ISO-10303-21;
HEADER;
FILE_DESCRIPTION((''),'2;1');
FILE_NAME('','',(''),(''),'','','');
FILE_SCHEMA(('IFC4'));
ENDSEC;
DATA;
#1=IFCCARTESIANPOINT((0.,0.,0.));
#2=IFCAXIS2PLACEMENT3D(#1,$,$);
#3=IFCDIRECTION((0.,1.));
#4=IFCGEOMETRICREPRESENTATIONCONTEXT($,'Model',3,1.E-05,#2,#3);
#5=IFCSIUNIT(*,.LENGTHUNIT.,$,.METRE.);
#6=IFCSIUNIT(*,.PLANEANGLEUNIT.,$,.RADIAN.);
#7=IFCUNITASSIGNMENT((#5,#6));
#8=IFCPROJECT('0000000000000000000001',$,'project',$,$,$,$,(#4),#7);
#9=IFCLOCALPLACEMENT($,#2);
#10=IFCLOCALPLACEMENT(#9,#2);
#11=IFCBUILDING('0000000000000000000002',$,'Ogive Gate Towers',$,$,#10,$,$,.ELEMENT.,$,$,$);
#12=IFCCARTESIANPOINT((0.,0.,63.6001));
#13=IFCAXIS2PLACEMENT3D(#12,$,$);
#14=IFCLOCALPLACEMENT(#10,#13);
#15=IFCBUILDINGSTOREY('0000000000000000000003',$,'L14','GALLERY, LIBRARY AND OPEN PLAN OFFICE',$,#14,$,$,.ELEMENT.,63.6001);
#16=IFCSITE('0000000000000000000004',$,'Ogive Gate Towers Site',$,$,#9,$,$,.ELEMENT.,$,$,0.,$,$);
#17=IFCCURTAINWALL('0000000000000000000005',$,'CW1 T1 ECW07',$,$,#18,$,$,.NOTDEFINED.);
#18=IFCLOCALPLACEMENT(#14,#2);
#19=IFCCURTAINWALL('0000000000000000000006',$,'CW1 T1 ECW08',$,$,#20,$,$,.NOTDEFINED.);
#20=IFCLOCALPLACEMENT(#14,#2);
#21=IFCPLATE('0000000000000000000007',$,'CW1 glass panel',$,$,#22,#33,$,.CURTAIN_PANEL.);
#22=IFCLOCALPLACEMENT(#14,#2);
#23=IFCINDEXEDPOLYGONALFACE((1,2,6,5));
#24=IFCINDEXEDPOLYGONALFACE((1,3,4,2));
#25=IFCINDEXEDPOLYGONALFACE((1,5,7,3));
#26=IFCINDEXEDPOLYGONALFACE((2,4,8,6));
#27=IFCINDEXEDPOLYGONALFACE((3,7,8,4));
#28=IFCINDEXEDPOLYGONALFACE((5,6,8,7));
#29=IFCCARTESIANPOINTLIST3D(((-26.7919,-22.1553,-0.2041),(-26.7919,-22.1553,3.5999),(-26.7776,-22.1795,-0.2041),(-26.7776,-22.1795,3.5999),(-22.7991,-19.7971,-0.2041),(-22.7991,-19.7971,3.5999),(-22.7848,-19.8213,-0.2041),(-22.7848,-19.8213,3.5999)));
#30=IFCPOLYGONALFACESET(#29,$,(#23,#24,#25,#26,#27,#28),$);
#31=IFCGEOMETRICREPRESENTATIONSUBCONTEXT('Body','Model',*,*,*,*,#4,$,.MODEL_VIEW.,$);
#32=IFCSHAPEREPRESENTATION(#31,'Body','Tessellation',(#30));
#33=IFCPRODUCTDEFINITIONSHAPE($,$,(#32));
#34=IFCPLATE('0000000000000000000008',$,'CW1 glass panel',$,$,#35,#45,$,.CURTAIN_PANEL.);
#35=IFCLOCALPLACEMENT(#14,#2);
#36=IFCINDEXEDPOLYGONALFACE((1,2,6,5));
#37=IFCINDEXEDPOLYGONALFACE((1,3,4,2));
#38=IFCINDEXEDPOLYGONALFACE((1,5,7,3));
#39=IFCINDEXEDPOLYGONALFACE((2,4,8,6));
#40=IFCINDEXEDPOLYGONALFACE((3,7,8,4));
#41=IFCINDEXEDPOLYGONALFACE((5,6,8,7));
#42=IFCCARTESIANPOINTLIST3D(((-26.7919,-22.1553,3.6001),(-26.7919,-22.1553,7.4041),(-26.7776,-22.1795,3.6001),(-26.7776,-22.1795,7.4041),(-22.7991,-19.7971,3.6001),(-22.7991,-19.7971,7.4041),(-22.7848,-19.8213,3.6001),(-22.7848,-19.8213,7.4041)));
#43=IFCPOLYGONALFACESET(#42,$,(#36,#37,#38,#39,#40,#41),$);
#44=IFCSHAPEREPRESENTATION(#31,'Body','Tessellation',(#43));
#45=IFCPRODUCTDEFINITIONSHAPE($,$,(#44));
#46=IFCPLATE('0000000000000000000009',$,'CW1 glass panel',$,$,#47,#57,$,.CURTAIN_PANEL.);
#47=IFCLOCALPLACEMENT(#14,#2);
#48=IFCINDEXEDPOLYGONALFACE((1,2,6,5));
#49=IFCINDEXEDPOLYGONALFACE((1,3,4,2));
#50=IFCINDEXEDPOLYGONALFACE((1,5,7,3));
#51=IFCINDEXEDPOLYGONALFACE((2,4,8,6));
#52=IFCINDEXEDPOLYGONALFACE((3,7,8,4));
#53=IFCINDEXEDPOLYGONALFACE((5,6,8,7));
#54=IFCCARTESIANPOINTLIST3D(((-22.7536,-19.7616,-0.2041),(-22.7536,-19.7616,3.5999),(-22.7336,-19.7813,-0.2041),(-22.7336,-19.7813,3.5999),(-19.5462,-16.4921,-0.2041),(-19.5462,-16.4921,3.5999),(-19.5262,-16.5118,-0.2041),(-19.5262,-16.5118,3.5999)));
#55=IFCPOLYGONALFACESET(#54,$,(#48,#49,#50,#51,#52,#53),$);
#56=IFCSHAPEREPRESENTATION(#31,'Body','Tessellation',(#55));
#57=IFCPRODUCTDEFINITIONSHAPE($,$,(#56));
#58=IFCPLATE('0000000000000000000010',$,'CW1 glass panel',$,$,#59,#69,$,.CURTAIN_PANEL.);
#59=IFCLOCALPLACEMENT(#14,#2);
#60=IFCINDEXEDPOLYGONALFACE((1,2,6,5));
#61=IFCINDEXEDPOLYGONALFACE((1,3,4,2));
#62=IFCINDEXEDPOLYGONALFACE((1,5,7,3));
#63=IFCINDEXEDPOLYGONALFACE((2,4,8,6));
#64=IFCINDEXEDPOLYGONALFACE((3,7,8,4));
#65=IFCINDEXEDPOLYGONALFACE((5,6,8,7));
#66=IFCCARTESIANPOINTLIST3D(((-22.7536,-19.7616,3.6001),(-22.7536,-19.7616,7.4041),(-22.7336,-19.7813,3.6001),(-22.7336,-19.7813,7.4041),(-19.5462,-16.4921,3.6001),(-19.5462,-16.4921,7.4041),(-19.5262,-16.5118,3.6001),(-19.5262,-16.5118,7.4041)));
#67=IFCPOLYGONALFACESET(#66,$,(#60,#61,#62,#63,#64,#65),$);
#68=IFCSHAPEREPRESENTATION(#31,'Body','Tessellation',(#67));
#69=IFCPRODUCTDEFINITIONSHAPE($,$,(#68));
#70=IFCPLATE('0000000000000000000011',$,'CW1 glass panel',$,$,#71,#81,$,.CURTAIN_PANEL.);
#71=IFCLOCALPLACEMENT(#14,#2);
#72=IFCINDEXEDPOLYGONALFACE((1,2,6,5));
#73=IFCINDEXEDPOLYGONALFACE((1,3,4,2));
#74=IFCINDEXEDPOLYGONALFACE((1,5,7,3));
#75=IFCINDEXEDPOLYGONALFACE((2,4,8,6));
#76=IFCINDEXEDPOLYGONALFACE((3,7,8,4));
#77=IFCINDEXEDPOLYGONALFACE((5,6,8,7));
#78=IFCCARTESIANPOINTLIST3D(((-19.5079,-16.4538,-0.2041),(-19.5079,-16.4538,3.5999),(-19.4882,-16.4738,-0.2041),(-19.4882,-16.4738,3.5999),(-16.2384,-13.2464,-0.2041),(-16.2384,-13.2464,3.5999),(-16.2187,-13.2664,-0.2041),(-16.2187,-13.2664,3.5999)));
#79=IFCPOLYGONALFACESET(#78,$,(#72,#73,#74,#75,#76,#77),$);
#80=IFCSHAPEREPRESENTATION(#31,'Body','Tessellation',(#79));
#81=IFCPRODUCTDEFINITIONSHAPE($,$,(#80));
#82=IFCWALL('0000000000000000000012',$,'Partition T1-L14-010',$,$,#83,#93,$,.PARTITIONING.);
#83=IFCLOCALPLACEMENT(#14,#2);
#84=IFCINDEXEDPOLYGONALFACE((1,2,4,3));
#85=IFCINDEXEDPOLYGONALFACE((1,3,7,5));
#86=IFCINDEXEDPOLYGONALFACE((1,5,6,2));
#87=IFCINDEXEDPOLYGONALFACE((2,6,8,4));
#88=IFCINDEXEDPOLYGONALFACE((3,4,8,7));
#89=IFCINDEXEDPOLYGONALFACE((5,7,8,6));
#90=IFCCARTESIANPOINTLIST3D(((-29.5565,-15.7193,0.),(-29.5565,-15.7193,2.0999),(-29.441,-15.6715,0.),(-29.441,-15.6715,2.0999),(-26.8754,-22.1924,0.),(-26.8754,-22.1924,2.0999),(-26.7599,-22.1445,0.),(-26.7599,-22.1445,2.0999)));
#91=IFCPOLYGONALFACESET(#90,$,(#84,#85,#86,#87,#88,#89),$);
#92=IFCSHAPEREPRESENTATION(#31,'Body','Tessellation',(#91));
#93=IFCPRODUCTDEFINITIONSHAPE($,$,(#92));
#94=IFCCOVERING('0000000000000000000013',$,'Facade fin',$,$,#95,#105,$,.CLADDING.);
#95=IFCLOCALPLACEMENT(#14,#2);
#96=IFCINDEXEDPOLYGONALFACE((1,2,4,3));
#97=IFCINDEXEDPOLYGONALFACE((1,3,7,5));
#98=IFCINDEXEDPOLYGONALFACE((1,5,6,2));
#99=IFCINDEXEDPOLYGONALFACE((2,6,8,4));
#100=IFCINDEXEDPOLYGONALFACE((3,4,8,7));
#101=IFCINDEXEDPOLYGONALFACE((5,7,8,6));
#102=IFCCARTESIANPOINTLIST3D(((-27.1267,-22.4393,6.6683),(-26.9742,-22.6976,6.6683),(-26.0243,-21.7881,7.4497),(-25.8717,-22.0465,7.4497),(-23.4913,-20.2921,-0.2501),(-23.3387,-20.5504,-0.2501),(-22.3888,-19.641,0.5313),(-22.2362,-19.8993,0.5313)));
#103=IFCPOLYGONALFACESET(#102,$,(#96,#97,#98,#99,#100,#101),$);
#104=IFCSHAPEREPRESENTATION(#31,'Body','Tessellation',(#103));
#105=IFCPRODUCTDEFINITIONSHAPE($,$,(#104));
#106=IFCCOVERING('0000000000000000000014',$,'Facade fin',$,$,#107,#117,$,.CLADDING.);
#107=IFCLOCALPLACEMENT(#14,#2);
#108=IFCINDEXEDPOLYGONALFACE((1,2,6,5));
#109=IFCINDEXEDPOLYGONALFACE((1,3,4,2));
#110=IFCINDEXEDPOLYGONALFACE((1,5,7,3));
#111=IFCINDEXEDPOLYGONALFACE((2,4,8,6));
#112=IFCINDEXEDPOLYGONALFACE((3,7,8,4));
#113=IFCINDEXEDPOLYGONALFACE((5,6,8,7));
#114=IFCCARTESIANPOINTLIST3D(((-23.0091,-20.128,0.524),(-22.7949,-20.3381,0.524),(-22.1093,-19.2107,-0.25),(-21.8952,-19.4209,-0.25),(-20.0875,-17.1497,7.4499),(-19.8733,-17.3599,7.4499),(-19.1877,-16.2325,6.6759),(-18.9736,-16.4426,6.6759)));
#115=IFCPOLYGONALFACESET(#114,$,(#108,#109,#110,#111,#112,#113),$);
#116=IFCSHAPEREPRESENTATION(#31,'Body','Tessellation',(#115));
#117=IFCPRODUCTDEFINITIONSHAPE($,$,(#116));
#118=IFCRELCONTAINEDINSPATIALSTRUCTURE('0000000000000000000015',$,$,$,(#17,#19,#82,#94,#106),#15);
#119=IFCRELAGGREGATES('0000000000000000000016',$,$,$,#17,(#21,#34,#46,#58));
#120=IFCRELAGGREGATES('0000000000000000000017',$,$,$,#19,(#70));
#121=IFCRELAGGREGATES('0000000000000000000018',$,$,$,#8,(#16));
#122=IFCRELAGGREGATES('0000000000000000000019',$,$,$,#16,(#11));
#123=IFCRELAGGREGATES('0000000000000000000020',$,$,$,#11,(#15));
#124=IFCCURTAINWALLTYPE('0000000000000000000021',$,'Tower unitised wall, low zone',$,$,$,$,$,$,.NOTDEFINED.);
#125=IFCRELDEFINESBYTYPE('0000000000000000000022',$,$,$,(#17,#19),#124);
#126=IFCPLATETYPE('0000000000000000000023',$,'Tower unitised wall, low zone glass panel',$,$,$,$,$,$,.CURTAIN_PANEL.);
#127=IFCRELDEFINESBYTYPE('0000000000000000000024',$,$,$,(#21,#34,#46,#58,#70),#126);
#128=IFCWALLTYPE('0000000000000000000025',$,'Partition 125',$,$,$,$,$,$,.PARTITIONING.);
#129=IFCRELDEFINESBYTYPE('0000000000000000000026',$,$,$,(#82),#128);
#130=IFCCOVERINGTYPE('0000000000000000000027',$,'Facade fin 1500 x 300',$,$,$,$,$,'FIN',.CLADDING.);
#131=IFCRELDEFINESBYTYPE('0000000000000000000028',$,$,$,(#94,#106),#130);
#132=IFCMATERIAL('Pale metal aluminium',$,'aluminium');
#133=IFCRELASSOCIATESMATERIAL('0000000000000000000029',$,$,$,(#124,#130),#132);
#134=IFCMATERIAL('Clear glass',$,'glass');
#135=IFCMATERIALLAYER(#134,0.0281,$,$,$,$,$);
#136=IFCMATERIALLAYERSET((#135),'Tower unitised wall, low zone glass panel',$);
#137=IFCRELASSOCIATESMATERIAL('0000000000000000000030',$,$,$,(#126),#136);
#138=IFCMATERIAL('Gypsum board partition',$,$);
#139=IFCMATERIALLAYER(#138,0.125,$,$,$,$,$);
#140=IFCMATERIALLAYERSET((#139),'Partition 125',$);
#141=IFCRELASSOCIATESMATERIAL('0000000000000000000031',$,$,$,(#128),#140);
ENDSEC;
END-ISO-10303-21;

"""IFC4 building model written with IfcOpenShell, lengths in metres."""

from ifc_helpers import new_model, si_unit, direction, frame, frame_2d, origin, origin_2d, place, context, subcontext, project, spatial, rectangle, extrude, material, layer, layer_set, material_profile, profile_set, type_object, element, aggregate, save


model = new_model("IFC4")

# Units and contexts
model_context = context("Model", 3, precision=1e-05, world=origin(), true_north=direction((0.0, 1.0)))
body_context = subcontext(model_context, "Body", "Model", "MODEL_VIEW")
ifc_project = project(units=[si_unit("LENGTHUNIT", "METRE"), si_unit("PLANEANGLEUNIT", "RADIAN")], contexts=[model_context])

# Site, building, storey
site_placement = place(None, origin())
site = spatial("IfcSite", under=ifc_project, at=site_placement, Name="Ogive Gate Towers Site", CompositionType="ELEMENT", RefElevation=0.0)
building_placement = place(site_placement, origin())
building = spatial("IfcBuilding", under=site, at=building_placement, Name="Ogive Gate Towers", CompositionType="ELEMENT")
storey_placement = place(building_placement, frame((0.0, 0.0, 63.6001)))
storey = spatial("IfcBuildingStorey", under=building, at=storey_placement, Name="L14", Description="GALLERY, LIBRARY AND OPEN PLAN OFFICE", CompositionType="ELEMENT", Elevation=63.6001)

# Curtain walls
ifc_material_1 = material(Name="Pale metal aluminium", Category="aluminium")
curtain_wall_type = type_object("IfcCurtainWallType", Name="Tower unitised wall, low zone", PredefinedType="NOTDEFINED", material=ifc_material_1)
curtain_wall_1_placement = place(storey_placement, origin())
curtain_wall_1 = element("IfcCurtainWall", 1, at=curtain_wall_1_placement, inside=storey, type_object=curtain_wall_type, Name="CW1 T1 ECW07", PredefinedType="NOTDEFINED")
curtain_wall_2_placement = place(storey_placement, origin())
curtain_wall_2 = element("IfcCurtainWall", 2, at=curtain_wall_2_placement, inside=storey, type_object=curtain_wall_type, Name="CW1 T1 ECW08", PredefinedType="NOTDEFINED")

# Plates
ifc_material_2 = material(Name="Clear glass", Category="glass")
ifc_layer_1 = layer(ifc_material_2, 0.0281)
ifc_layer_set_1 = layer_set([ifc_layer_1], Name="Tower unitised wall, low zone glass panel")
plate_type = type_object("IfcPlateType", Name="Tower unitised wall, low zone glass panel", PredefinedType="CURTAIN_PANEL", material=ifc_layer_set_1)
plate_1_placement = place(storey_placement, frame((-24.7883, -20.9883, -0.2041), z_axis=(0.0, 0.0, 1.0), x_axis=(0.861035, 0.508546, 0.0)))
plate_1 = element("IfcPlate", 3, at=plate_1_placement, type_object=plate_type, Name="CW1 glass panel", PredefinedType="CURTAIN_PANEL", context=body_context, shape_type="SweptSolid", body=[
    extrude(rectangle(XDim=4.6372, YDim=0.0281, at=origin_2d()), origin(), (0.0, 0.0, 1.0), 3.804),
])
plate_2_placement = place(storey_placement, frame((-24.7883, -20.9883, 3.6001), z_axis=(0.0, 0.0, 1.0), x_axis=(0.861035, 0.508546, 0.0)))
plate_2 = element("IfcPlate", 4, at=plate_2_placement, type_object=plate_type, Name="CW1 glass panel", PredefinedType="CURTAIN_PANEL", context=body_context, shape_type="SweptSolid", body=[
    extrude(rectangle(XDim=4.6372, YDim=0.0281, at=origin_2d()), origin(), (0.0, 0.0, 1.0), 3.804),
])
plate_3_placement = place(storey_placement, frame((-21.1399, -18.1367, -0.2041), z_axis=(0.0, 0.0, 1.0), x_axis=(0.700299, 0.71385, 0.0)))
plate_3 = element("IfcPlate", 5, at=plate_3_placement, type_object=plate_type, Name="CW1 glass panel", PredefinedType="CURTAIN_PANEL", context=body_context, shape_type="SweptSolid", body=[
    extrude(rectangle(XDim=4.5801, YDim=0.0281, at=origin_2d()), origin(), (0.0, 0.0, 1.0), 3.804),
])
plate_4_placement = place(storey_placement, frame((-21.1399, -18.1367, 3.6001), z_axis=(0.0, 0.0, 1.0), x_axis=(0.700299, 0.71385, 0.0)))
plate_4 = element("IfcPlate", 6, at=plate_4_placement, type_object=plate_type, Name="CW1 glass panel", PredefinedType="CURTAIN_PANEL", context=body_context, shape_type="SweptSolid", body=[
    extrude(rectangle(XDim=4.5801, YDim=0.0281, at=origin_2d()), origin(), (0.0, 0.0, 1.0), 3.804),
])
aggregate(curtain_wall_1, [plate_1, plate_2, plate_3, plate_4])
plate_5_placement = place(storey_placement, frame((-17.8633, -14.8601, -0.2041), z_axis=(0.0, 0.0, 1.0), x_axis=(0.71385, 0.700299, 0.0)))
plate_5 = element("IfcPlate", 7, at=plate_5_placement, type_object=plate_type, Name="CW1 glass panel", PredefinedType="CURTAIN_PANEL", context=body_context, shape_type="SweptSolid", body=[
    extrude(rectangle(XDim=4.5801, YDim=0.0281, at=origin_2d()), origin(), (0.0, 0.0, 1.0), 3.804),
])
aggregate(curtain_wall_2, [plate_5])

# Wall
ifc_material_3 = material(Name="Gypsum board partition")
ifc_layer_2 = layer(ifc_material_3, 0.125)
ifc_layer_set_2 = layer_set([ifc_layer_2], Name="Partition 125")
wall_type = type_object("IfcWallType", Name="Partition 125", PredefinedType="PARTITIONING", material=ifc_layer_set_2)
wall_placement = place(storey_placement, frame((-26.8176, -22.1685, 0.0), z_axis=(0.0, 0.0, 1.0), x_axis=(-0.38267, 0.923885, 0.0)))
element("IfcWall", 8, at=wall_placement, inside=storey, type_object=wall_type, Name="Partition T1-L14-010", PredefinedType="PARTITIONING", context=body_context, shape_type="SweptSolid", body=[
    extrude(rectangle(XDim=7.0063, YDim=0.125, at=frame_2d((3.5032, 0.0))), origin(), (0.0, 0.0, 1.0), 2.0999),
])

# Coverings
ifc_material_profile_1 = material_profile(ifc_material_1, rectangle(XDim=0.3, YDim=1.5, at=origin_2d()), Name="1500 x 300 pale metal aluminium")
ifc_profile_set_1 = profile_set([ifc_material_profile_1], Name="Pale metal aluminium")
covering_type = type_object("IfcCoveringType", Name="Facade fin 1500 x 300", ElementType="FIN", PredefinedType="CLADDING", material=ifc_profile_set_1)
covering_1_placement = place(storey_placement, frame((-22.8638, -20.0957, 0.1406), z_axis=(-0.448545, -0.264922, 0.853594), x_axis=(0.508548, -0.861034, 0.0)))
element("IfcCovering", 9, at=covering_1_placement, inside=storey, type_object=covering_type, Name="Facade fin", PredefinedType="CLADDING", context=body_context, shape_type="SweptSolid", body=[
    extrude(rectangle(XDim=0.3, YDim=1.5, at=origin_2d()), origin(), (0.0, 0.0, 1.0), 8.105),
])
covering_2_placement = place(storey_placement, frame((-22.4521, -19.7744, 0.137), z_axis=(0.361341, 0.368346, 0.856595), x_axis=(-0.713862, 0.700286, 0.0)))
element("IfcCovering", 10, at=covering_2_placement, inside=storey, type_object=covering_type, Name="Facade fin", PredefinedType="CLADDING", context=body_context, shape_type="SweptSolid", body=[
    extrude(rectangle(XDim=0.3, YDim=1.5, at=origin_2d()), origin(), (0.0, 0.0, 1.0), 8.0854),
])

save(model, "model.ifc")
